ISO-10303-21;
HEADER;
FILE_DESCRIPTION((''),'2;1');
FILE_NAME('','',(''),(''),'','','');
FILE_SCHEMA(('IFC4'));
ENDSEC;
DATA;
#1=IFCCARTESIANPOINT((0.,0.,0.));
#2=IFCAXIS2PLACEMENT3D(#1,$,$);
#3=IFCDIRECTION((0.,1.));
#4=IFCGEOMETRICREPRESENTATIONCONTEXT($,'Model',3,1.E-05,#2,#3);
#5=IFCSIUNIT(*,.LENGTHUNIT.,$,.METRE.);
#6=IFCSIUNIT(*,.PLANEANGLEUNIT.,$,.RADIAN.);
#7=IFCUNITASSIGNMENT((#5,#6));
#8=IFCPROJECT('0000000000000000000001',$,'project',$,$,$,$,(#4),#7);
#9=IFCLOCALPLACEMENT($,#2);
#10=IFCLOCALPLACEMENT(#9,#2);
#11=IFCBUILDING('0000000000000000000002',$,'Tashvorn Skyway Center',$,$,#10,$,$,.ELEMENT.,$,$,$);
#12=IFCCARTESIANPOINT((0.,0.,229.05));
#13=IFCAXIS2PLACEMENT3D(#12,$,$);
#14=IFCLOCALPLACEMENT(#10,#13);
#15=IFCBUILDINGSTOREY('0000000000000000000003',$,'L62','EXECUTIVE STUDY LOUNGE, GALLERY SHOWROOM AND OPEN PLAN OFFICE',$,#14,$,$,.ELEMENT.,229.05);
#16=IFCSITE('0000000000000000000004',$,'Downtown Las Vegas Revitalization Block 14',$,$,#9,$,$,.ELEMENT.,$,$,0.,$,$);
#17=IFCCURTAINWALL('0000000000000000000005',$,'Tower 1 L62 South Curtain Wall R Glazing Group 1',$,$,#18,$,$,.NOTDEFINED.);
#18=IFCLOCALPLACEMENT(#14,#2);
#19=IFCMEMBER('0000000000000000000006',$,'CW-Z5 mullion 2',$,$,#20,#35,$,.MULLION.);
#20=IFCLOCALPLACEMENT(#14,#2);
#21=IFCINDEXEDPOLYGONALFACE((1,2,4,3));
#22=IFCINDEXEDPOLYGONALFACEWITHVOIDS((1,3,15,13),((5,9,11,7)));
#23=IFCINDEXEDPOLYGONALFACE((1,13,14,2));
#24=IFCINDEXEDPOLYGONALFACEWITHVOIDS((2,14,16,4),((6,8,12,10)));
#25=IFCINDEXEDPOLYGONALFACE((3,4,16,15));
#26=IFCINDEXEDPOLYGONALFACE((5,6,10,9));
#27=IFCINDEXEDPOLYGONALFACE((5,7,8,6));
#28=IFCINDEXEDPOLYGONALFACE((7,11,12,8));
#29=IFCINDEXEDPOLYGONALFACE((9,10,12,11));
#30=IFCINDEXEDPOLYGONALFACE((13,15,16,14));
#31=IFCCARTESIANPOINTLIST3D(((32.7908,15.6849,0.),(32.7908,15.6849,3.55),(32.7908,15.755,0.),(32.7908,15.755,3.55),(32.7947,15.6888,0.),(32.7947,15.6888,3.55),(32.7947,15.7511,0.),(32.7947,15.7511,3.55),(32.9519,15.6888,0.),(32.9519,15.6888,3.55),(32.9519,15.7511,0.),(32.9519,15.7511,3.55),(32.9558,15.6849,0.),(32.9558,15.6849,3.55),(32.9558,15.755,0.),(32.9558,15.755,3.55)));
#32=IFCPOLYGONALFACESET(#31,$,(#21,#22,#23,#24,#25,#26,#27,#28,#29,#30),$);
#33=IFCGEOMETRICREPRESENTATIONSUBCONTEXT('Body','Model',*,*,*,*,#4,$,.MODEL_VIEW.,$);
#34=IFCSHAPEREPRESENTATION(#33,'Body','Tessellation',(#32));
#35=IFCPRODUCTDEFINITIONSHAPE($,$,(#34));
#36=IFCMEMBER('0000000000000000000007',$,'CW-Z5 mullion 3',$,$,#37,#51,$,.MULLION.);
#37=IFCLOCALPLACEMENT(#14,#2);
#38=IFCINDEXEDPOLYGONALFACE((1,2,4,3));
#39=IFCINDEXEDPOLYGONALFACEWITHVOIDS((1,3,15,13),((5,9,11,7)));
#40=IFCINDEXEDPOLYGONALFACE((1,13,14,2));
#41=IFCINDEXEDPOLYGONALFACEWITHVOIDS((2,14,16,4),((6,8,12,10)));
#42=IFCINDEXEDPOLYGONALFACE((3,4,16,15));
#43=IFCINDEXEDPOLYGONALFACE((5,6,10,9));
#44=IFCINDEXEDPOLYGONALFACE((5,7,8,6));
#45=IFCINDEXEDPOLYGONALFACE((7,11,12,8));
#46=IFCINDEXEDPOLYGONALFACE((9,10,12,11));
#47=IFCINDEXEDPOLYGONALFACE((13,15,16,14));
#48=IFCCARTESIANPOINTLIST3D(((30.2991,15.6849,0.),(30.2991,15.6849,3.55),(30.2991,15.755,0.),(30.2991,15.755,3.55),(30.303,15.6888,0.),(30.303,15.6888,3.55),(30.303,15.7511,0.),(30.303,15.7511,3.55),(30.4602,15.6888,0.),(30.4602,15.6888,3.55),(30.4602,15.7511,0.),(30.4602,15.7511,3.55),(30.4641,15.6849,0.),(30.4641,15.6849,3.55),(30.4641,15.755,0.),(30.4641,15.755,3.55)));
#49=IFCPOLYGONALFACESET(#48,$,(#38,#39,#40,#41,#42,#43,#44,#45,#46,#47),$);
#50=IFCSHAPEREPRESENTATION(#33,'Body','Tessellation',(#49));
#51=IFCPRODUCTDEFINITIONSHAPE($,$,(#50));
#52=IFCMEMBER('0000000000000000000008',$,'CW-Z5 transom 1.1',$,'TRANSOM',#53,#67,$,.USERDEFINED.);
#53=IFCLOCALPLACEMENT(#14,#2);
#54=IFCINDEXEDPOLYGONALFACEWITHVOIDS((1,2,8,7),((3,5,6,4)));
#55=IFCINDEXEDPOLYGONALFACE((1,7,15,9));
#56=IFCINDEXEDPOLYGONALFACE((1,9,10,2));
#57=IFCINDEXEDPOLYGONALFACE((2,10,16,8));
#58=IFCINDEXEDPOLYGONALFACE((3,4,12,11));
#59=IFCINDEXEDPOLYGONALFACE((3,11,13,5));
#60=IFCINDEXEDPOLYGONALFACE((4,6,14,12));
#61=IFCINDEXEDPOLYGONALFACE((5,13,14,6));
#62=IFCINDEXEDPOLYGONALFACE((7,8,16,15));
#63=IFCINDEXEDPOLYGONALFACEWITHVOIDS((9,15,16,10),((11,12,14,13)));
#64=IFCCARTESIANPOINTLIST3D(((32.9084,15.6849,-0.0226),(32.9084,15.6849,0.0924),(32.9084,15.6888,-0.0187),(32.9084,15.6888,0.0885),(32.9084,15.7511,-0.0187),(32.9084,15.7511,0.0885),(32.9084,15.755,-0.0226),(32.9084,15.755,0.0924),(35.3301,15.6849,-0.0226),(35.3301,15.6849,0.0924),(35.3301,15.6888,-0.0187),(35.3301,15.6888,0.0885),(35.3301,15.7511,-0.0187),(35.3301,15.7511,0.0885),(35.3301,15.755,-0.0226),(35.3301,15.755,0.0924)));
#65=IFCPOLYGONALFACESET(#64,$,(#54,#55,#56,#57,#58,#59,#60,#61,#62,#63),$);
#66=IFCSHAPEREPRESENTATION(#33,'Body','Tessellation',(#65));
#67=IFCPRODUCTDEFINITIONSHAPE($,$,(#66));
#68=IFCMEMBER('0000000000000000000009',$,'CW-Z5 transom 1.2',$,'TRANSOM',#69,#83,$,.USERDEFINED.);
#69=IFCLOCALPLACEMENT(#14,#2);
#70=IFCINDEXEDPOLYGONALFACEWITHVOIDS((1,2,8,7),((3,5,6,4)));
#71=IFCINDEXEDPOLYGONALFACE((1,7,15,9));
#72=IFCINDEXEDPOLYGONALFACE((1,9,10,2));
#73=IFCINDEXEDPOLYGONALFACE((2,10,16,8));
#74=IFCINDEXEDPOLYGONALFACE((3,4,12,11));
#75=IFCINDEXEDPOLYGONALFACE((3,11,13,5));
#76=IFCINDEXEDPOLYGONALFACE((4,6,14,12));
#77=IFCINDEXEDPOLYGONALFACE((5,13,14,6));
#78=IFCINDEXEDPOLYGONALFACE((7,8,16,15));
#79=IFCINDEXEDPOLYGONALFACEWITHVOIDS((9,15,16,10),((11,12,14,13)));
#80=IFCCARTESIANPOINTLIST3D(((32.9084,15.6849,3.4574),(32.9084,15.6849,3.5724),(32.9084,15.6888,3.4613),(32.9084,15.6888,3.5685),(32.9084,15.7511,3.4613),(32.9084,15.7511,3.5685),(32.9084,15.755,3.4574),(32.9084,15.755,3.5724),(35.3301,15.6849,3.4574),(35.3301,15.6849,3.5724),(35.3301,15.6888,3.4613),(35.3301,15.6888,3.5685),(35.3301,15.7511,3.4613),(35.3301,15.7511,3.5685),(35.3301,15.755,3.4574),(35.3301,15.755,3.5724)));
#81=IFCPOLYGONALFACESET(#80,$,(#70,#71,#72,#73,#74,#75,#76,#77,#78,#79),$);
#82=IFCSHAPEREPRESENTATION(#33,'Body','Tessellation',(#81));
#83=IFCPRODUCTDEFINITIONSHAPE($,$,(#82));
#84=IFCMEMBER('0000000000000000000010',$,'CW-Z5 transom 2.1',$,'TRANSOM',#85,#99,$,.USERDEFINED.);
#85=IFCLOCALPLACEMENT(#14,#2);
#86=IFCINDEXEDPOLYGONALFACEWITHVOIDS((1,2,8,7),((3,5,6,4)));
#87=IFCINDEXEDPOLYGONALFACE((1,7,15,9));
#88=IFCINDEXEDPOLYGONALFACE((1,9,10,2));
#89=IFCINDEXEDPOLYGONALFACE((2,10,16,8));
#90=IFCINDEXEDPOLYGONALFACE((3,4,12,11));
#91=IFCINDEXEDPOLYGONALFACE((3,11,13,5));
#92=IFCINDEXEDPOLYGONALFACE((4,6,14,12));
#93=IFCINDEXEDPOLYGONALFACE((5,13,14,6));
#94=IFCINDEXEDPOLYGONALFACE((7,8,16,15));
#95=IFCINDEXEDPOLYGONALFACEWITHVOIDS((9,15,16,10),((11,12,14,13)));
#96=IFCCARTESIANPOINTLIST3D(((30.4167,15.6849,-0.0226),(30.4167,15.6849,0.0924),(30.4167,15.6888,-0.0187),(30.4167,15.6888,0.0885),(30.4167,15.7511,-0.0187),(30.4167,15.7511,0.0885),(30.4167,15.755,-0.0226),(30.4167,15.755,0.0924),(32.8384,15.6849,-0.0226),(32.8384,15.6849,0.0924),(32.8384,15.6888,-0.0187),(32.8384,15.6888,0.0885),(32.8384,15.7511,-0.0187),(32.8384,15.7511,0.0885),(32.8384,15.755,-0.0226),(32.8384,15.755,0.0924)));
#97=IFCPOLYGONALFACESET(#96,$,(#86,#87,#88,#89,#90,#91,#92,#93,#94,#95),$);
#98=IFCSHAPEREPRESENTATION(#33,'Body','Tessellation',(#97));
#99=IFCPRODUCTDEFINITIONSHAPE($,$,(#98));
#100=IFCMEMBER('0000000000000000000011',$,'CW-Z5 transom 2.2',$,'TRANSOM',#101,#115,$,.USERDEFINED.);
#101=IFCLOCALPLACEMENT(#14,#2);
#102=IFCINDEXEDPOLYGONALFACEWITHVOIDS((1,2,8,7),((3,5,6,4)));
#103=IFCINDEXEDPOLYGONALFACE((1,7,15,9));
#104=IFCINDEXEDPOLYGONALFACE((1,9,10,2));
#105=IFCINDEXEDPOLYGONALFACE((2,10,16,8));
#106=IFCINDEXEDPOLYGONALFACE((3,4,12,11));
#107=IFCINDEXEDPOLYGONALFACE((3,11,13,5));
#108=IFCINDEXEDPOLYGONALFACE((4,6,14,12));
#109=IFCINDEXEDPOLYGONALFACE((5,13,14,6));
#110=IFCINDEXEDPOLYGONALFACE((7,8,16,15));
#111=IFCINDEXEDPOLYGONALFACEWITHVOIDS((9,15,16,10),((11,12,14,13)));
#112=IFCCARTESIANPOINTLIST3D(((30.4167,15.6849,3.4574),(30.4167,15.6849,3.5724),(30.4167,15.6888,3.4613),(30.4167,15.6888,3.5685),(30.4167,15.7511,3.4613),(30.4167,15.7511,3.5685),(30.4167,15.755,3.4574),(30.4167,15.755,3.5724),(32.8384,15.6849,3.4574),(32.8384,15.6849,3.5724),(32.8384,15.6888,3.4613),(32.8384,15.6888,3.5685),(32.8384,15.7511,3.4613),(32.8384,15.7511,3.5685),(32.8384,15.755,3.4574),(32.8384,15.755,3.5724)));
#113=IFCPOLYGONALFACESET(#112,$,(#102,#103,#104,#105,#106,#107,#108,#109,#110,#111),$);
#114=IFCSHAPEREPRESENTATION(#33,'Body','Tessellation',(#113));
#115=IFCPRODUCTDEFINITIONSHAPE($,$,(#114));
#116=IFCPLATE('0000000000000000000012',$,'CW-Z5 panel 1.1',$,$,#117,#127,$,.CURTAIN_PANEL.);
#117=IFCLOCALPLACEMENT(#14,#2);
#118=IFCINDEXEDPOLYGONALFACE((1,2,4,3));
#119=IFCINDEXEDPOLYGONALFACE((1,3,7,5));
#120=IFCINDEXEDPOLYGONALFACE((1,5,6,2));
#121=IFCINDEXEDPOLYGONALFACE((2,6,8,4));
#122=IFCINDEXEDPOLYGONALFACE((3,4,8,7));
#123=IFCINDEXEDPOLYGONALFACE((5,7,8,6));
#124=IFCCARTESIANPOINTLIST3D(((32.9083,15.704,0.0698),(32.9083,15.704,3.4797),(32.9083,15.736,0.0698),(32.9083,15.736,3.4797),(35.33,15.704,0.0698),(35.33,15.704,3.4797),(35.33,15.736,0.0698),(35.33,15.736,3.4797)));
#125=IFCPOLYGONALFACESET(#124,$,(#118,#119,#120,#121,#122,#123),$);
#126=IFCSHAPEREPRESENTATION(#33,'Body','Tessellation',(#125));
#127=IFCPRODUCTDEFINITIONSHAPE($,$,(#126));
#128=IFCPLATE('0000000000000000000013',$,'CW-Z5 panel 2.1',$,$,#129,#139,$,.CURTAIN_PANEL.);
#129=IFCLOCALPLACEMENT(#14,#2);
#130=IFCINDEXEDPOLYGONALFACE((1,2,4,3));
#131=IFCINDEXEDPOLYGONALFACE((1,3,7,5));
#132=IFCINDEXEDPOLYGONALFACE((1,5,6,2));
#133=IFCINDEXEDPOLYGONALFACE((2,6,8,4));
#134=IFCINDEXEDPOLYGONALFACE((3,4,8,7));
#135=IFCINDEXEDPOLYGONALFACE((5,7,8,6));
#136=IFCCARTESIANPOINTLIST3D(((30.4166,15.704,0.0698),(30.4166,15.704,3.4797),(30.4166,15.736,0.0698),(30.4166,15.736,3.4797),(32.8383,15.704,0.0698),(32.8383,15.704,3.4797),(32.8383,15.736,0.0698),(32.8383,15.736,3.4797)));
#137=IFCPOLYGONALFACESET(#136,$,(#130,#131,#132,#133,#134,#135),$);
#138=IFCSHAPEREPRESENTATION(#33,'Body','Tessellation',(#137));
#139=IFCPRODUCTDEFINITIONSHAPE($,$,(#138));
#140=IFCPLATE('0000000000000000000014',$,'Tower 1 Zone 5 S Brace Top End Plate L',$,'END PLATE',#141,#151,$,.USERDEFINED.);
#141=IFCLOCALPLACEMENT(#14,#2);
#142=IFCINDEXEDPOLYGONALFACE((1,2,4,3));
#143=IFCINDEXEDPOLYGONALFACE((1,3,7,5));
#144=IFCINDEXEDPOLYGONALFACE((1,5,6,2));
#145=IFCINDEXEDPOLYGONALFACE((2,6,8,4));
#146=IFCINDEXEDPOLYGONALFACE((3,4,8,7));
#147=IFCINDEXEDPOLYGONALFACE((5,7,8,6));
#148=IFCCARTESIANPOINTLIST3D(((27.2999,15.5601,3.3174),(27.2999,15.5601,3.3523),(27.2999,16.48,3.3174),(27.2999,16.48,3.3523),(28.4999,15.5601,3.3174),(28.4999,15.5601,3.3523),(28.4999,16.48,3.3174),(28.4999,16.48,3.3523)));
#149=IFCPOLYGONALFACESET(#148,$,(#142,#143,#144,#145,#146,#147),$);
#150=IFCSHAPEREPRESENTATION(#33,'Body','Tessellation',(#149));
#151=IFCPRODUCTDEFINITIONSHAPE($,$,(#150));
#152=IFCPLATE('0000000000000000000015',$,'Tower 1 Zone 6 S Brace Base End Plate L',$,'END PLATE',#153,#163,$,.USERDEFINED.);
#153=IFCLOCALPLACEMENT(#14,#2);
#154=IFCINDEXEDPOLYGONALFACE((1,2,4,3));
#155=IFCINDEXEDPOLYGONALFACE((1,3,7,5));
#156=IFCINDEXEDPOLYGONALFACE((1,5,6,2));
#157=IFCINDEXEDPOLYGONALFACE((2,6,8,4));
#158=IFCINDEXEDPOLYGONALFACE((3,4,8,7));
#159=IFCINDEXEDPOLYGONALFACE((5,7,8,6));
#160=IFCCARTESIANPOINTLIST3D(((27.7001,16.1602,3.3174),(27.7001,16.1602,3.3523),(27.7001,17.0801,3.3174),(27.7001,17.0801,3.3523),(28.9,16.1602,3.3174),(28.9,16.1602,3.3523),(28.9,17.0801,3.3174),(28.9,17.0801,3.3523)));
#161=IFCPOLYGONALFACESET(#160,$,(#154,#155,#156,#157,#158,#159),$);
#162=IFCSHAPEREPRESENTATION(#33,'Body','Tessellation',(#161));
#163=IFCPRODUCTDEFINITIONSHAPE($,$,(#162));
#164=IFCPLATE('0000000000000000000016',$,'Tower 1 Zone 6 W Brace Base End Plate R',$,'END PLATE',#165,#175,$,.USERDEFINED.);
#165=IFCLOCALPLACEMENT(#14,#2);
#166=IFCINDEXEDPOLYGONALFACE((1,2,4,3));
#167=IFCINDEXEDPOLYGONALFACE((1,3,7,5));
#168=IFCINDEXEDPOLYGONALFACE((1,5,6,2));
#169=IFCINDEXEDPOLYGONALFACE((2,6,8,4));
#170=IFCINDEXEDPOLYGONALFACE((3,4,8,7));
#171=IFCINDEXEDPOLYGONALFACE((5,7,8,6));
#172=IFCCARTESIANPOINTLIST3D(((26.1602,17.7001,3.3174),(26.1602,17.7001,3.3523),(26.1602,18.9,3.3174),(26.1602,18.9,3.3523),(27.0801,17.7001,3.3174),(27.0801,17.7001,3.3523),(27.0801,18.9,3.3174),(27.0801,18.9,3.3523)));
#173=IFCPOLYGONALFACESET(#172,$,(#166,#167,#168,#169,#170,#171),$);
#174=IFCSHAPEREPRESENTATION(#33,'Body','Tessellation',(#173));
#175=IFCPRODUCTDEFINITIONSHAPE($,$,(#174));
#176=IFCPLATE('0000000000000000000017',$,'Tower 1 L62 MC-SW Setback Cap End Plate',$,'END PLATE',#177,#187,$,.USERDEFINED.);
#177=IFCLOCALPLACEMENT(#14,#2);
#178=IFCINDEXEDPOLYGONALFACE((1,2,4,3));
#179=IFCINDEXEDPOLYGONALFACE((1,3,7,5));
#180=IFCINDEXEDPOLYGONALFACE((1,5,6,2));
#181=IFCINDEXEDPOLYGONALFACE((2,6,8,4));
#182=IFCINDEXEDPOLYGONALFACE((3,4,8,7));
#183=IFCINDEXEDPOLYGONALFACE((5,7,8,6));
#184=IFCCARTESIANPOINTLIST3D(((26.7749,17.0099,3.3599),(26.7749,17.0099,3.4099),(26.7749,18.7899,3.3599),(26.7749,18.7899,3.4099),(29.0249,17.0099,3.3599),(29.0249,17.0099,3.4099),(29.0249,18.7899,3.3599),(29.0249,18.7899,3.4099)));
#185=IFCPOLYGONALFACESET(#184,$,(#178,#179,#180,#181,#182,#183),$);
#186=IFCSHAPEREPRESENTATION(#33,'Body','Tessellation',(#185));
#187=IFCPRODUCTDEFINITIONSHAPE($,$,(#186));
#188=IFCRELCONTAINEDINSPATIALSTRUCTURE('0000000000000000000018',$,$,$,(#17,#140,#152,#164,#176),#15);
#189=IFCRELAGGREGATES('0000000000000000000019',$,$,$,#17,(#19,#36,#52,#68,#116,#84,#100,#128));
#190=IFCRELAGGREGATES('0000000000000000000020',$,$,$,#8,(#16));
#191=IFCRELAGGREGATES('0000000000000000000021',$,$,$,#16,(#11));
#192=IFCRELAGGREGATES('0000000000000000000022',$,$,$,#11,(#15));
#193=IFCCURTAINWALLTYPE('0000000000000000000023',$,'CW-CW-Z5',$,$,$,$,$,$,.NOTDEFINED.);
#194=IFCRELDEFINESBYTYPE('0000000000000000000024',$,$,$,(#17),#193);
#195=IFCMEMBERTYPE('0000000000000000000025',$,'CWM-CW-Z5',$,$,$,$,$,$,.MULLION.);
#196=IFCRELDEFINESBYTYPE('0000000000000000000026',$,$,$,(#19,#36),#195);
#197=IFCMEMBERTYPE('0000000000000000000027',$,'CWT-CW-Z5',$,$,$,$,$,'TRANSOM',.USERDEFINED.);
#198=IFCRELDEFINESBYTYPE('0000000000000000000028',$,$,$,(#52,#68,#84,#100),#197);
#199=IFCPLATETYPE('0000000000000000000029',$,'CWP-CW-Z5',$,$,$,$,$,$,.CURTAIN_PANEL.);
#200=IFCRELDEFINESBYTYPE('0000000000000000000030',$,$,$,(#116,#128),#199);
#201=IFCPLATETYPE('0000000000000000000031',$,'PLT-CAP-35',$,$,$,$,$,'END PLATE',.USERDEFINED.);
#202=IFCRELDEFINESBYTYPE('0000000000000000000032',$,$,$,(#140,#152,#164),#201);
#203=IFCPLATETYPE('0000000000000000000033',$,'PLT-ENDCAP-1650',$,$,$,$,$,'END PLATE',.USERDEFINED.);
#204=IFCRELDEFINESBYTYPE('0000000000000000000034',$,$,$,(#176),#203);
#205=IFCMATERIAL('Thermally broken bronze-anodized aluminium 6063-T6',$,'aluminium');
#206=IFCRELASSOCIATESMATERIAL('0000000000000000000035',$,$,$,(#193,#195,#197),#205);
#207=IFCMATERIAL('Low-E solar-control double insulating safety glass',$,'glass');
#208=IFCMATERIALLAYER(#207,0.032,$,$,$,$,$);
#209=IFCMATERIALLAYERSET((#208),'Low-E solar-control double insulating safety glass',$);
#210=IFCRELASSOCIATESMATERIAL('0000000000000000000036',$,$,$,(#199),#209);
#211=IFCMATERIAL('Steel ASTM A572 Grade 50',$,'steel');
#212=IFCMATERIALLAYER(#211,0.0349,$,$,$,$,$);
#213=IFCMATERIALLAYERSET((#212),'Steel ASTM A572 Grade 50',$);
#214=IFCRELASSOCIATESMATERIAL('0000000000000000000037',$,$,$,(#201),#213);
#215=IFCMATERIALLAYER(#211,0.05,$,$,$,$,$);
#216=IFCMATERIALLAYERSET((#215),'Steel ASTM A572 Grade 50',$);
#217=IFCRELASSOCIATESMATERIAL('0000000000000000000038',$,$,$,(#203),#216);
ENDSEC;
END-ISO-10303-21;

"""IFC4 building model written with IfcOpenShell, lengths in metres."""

from ifc_helpers import new_model, si_unit, direction, frame, origin, origin_2d, place, context, subcontext, project, spatial, rectangle, hollow_rectangle, extrude, material, layer, layer_set, material_profile, profile_set, type_object, element, aggregate, save


model = new_model("IFC4")

# Units and contexts
model_context = context("Model", 3, precision=1e-05, world=origin(), true_north=direction((0.0, 1.0)))
body_context = subcontext(model_context, "Body", "Model", "MODEL_VIEW")
ifc_project = project(units=[si_unit("LENGTHUNIT", "METRE"), si_unit("PLANEANGLEUNIT", "RADIAN")], contexts=[model_context])

# Site, building, storey
site_placement = place(None, origin())
site = spatial("IfcSite", under=ifc_project, at=site_placement, Name="Downtown Las Vegas Revitalization Block 14", CompositionType="ELEMENT", RefElevation=0.0)
building_placement = place(site_placement, origin())
building = spatial("IfcBuilding", under=site, at=building_placement, Name="Tashvorn Skyway Center", CompositionType="ELEMENT")
storey_placement = place(building_placement, frame((0.0, 0.0, 229.05)))
storey = spatial("IfcBuildingStorey", under=building, at=storey_placement, Name="L62", Description="EXECUTIVE STUDY LOUNGE, GALLERY SHOWROOM AND OPEN PLAN OFFICE", CompositionType="ELEMENT", Elevation=229.05)

# Shared definitions
ifc_material_1 = material(Name="Steel ASTM A572 Grade 50", Category="steel")

# Curtain wall, members, plates
ifc_material_2 = material(Name="Thermally broken bronze-anodized aluminium 6063-T6", Category="aluminium")
curtain_wall_type = type_object("IfcCurtainWallType", Name="CW-CW-Z5", PredefinedType="NOTDEFINED", material=ifc_material_2)
curtain_wall_placement = place(storey_placement, origin())
curtain_wall = element("IfcCurtainWall", 1, at=curtain_wall_placement, inside=storey, type_object=curtain_wall_type, Name="Tower 1 L62 South Curtain Wall R Glazing Group 1", PredefinedType="NOTDEFINED")
ifc_material_profile_1 = material_profile(ifc_material_2, hollow_rectangle(XDim=0.0701, YDim=0.165, WallThickness=0.0039, at=origin_2d()), Name="ALU-MULL-70x165")
ifc_profile_set_1 = profile_set([ifc_material_profile_1], Name="Thermally broken bronze-anodized aluminium 6063-T6")
member_type_1 = type_object("IfcMemberType", Name="CWM-CW-Z5", PredefinedType="MULLION", material=ifc_profile_set_1)
member_1_placement = place(storey_placement, frame((32.8733, 15.72, 0.0), z_axis=(0.0, 0.0, 1.0), x_axis=(0.0, -1.0, 0.0)))
member_1 = element("IfcMember", 2, at=member_1_placement, type_object=member_type_1, Name="CW-Z5 mullion 2", PredefinedType="MULLION", context=body_context, shape_type="SweptSolid", body=[
    extrude(hollow_rectangle(XDim=0.0701, YDim=0.165, WallThickness=0.0039, at=origin_2d()), origin(), (0.0, 0.0, 1.0), 3.55),
])
member_2_placement = place(storey_placement, frame((30.3816, 15.72, 0.0), z_axis=(0.0, 0.0, 1.0), x_axis=(0.0, -1.0, 0.0)))
member_2 = element("IfcMember", 3, at=member_2_placement, type_object=member_type_1, Name="CW-Z5 mullion 3", PredefinedType="MULLION", context=body_context, shape_type="SweptSolid", body=[
    extrude(hollow_rectangle(XDim=0.0701, YDim=0.165, WallThickness=0.0039, at=origin_2d()), origin(), (0.0, 0.0, 1.0), 3.55),
])
ifc_material_profile_2 = material_profile(ifc_material_2, hollow_rectangle(XDim=0.0701, YDim=0.115, WallThickness=0.0039, at=origin_2d()), Name="ALU-TRAN-70x115")
ifc_profile_set_2 = profile_set([ifc_material_profile_2], Name="Thermally broken bronze-anodized aluminium 6063-T6")
member_type_2 = type_object("IfcMemberType", Name="CWT-CW-Z5", ElementType="TRANSOM", PredefinedType="USERDEFINED", material=ifc_profile_set_2)
member_3_placement = place(storey_placement, frame((35.3301, 15.72, 0.0349), z_axis=(-1.0, 0.0, 0.0), x_axis=(0.0, -1.0, 0.0)))
member_3 = element("IfcMember", 4, at=member_3_placement, type_object=member_type_2, Name="CW-Z5 transom 1.1", ObjectType="TRANSOM", PredefinedType="USERDEFINED", context=body_context, shape_type="SweptSolid", body=[
    extrude(hollow_rectangle(XDim=0.0701, YDim=0.115, WallThickness=0.0039, at=origin_2d()), origin(), (0.0, 0.0, 1.0), 2.4216),
])
member_4_placement = place(storey_placement, frame((35.3301, 15.72, 3.5149), z_axis=(-1.0, 0.0, 0.0), x_axis=(0.0, -1.0, 0.0)))
member_4 = element("IfcMember", 5, at=member_4_placement, type_object=member_type_2, Name="CW-Z5 transom 1.2", ObjectType="TRANSOM", PredefinedType="USERDEFINED", context=body_context, shape_type="SweptSolid", body=[
    extrude(hollow_rectangle(XDim=0.0701, YDim=0.115, WallThickness=0.0039, at=origin_2d()), origin(), (0.0, 0.0, 1.0), 2.4216),
])
member_5_placement = place(storey_placement, frame((32.8384, 15.72, 0.0349), z_axis=(-1.0, 0.0, 0.0), x_axis=(0.0, -1.0, 0.0)))
member_5 = element("IfcMember", 6, at=member_5_placement, type_object=member_type_2, Name="CW-Z5 transom 2.1", ObjectType="TRANSOM", PredefinedType="USERDEFINED", context=body_context, shape_type="SweptSolid", body=[
    extrude(hollow_rectangle(XDim=0.0701, YDim=0.115, WallThickness=0.0039, at=origin_2d()), origin(), (0.0, 0.0, 1.0), 2.4216),
])
member_6_placement = place(storey_placement, frame((32.8384, 15.72, 3.5149), z_axis=(-1.0, 0.0, 0.0), x_axis=(0.0, -1.0, 0.0)))
member_6 = element("IfcMember", 7, at=member_6_placement, type_object=member_type_2, Name="CW-Z5 transom 2.2", ObjectType="TRANSOM", PredefinedType="USERDEFINED", context=body_context, shape_type="SweptSolid", body=[
    extrude(hollow_rectangle(XDim=0.0701, YDim=0.115, WallThickness=0.0039, at=origin_2d()), origin(), (0.0, 0.0, 1.0), 2.4216),
])
ifc_material_3 = material(Name="Low-E solar-control double insulating safety glass", Category="glass")
ifc_layer_1 = layer(ifc_material_3, 0.032)
ifc_layer_set_1 = layer_set([ifc_layer_1], Name="Low-E solar-control double insulating safety glass")
plate_type_1 = type_object("IfcPlateType", Name="CWP-CW-Z5", PredefinedType="CURTAIN_PANEL", material=ifc_layer_set_1)
plate_1_placement = place(storey_placement, frame((34.1191, 15.72, 0.0698), z_axis=(0.0, 0.0, 1.0), x_axis=(-1.0, 0.0, 0.0)))
plate_1 = element("IfcPlate", 8, at=plate_1_placement, type_object=plate_type_1, Name="CW-Z5 panel 1.1", PredefinedType="CURTAIN_PANEL", context=body_context, shape_type="SweptSolid", body=[
    extrude(rectangle(XDim=2.4216, YDim=0.032, at=origin_2d()), origin(), (0.0, 0.0, 1.0), 3.4099),
])
plate_2_placement = place(storey_placement, frame((31.6274, 15.72, 0.0698), z_axis=(0.0, 0.0, 1.0), x_axis=(-1.0, 0.0, 0.0)))
plate_2 = element("IfcPlate", 9, at=plate_2_placement, type_object=plate_type_1, Name="CW-Z5 panel 2.1", PredefinedType="CURTAIN_PANEL", context=body_context, shape_type="SweptSolid", body=[
    extrude(rectangle(XDim=2.4216, YDim=0.032, at=origin_2d()), origin(), (0.0, 0.0, 1.0), 3.4099),
])
aggregate(curtain_wall, [member_1, member_2, member_3, member_4, plate_1, member_5, member_6, plate_2])

# Plates
ifc_layer_2 = layer(ifc_material_1, 0.0349)
ifc_layer_set_2 = layer_set([ifc_layer_2], Name="Steel ASTM A572 Grade 50")
plate_type_2 = type_object("IfcPlateType", Name="PLT-CAP-35", ElementType="END PLATE", PredefinedType="USERDEFINED", material=ifc_layer_set_2)
for number, where, z_axis, x_axis, name in (
    (10, (27.8999, 16.02, 3.3174), (0.0, 0.0, 1.0), (1.0, 0.0, 0.0), "Tower 1 Zone 5 S Brace Top End Plate L"),
    (11, (28.3, 16.6201, 3.3174), (0.0, 0.0, 1.0), (1.0, 0.0, 0.0), "Tower 1 Zone 6 S Brace Base End Plate L"),
    (12, (26.6201, 18.3, 3.3174), (0.0, 0.0, 1.0), (0.0, -1.0, 0.0), "Tower 1 Zone 6 W Brace Base End Plate R"),
):
    element("IfcPlate", number, at=place(storey_placement, frame(where, z_axis=z_axis, x_axis=x_axis)), inside=storey, type_object=plate_type_2, Name=name, ObjectType="END PLATE", PredefinedType="USERDEFINED", context=body_context, shape_type="SweptSolid", body=[
        extrude(rectangle(XDim=1.2, YDim=0.9199, at=origin_2d()), origin(), (0.0, 0.0, 1.0), 0.0349),
    ])
ifc_layer_3 = layer(ifc_material_1, 0.05)
ifc_layer_set_3 = layer_set([ifc_layer_3], Name="Steel ASTM A572 Grade 50")
plate_type_3 = type_object("IfcPlateType", Name="PLT-ENDCAP-1650", ElementType="END PLATE", PredefinedType="USERDEFINED", material=ifc_layer_set_3)
plate_3_placement = place(storey_placement, frame((27.8999, 17.8999, 3.3599), z_axis=(0.0, 0.0, 1.0), x_axis=(1.0, 0.0, 0.0)))
element("IfcPlate", 13, at=plate_3_placement, inside=storey, type_object=plate_type_3, Name="Tower 1 L62 MC-SW Setback Cap End Plate", ObjectType="END PLATE", PredefinedType="USERDEFINED", context=body_context, shape_type="SweptSolid", body=[
    extrude(rectangle(XDim=2.25, YDim=1.78, at=origin_2d()), origin(), (0.0, 0.0, 1.0), 0.05),
])

save(model, "model.ifc")
